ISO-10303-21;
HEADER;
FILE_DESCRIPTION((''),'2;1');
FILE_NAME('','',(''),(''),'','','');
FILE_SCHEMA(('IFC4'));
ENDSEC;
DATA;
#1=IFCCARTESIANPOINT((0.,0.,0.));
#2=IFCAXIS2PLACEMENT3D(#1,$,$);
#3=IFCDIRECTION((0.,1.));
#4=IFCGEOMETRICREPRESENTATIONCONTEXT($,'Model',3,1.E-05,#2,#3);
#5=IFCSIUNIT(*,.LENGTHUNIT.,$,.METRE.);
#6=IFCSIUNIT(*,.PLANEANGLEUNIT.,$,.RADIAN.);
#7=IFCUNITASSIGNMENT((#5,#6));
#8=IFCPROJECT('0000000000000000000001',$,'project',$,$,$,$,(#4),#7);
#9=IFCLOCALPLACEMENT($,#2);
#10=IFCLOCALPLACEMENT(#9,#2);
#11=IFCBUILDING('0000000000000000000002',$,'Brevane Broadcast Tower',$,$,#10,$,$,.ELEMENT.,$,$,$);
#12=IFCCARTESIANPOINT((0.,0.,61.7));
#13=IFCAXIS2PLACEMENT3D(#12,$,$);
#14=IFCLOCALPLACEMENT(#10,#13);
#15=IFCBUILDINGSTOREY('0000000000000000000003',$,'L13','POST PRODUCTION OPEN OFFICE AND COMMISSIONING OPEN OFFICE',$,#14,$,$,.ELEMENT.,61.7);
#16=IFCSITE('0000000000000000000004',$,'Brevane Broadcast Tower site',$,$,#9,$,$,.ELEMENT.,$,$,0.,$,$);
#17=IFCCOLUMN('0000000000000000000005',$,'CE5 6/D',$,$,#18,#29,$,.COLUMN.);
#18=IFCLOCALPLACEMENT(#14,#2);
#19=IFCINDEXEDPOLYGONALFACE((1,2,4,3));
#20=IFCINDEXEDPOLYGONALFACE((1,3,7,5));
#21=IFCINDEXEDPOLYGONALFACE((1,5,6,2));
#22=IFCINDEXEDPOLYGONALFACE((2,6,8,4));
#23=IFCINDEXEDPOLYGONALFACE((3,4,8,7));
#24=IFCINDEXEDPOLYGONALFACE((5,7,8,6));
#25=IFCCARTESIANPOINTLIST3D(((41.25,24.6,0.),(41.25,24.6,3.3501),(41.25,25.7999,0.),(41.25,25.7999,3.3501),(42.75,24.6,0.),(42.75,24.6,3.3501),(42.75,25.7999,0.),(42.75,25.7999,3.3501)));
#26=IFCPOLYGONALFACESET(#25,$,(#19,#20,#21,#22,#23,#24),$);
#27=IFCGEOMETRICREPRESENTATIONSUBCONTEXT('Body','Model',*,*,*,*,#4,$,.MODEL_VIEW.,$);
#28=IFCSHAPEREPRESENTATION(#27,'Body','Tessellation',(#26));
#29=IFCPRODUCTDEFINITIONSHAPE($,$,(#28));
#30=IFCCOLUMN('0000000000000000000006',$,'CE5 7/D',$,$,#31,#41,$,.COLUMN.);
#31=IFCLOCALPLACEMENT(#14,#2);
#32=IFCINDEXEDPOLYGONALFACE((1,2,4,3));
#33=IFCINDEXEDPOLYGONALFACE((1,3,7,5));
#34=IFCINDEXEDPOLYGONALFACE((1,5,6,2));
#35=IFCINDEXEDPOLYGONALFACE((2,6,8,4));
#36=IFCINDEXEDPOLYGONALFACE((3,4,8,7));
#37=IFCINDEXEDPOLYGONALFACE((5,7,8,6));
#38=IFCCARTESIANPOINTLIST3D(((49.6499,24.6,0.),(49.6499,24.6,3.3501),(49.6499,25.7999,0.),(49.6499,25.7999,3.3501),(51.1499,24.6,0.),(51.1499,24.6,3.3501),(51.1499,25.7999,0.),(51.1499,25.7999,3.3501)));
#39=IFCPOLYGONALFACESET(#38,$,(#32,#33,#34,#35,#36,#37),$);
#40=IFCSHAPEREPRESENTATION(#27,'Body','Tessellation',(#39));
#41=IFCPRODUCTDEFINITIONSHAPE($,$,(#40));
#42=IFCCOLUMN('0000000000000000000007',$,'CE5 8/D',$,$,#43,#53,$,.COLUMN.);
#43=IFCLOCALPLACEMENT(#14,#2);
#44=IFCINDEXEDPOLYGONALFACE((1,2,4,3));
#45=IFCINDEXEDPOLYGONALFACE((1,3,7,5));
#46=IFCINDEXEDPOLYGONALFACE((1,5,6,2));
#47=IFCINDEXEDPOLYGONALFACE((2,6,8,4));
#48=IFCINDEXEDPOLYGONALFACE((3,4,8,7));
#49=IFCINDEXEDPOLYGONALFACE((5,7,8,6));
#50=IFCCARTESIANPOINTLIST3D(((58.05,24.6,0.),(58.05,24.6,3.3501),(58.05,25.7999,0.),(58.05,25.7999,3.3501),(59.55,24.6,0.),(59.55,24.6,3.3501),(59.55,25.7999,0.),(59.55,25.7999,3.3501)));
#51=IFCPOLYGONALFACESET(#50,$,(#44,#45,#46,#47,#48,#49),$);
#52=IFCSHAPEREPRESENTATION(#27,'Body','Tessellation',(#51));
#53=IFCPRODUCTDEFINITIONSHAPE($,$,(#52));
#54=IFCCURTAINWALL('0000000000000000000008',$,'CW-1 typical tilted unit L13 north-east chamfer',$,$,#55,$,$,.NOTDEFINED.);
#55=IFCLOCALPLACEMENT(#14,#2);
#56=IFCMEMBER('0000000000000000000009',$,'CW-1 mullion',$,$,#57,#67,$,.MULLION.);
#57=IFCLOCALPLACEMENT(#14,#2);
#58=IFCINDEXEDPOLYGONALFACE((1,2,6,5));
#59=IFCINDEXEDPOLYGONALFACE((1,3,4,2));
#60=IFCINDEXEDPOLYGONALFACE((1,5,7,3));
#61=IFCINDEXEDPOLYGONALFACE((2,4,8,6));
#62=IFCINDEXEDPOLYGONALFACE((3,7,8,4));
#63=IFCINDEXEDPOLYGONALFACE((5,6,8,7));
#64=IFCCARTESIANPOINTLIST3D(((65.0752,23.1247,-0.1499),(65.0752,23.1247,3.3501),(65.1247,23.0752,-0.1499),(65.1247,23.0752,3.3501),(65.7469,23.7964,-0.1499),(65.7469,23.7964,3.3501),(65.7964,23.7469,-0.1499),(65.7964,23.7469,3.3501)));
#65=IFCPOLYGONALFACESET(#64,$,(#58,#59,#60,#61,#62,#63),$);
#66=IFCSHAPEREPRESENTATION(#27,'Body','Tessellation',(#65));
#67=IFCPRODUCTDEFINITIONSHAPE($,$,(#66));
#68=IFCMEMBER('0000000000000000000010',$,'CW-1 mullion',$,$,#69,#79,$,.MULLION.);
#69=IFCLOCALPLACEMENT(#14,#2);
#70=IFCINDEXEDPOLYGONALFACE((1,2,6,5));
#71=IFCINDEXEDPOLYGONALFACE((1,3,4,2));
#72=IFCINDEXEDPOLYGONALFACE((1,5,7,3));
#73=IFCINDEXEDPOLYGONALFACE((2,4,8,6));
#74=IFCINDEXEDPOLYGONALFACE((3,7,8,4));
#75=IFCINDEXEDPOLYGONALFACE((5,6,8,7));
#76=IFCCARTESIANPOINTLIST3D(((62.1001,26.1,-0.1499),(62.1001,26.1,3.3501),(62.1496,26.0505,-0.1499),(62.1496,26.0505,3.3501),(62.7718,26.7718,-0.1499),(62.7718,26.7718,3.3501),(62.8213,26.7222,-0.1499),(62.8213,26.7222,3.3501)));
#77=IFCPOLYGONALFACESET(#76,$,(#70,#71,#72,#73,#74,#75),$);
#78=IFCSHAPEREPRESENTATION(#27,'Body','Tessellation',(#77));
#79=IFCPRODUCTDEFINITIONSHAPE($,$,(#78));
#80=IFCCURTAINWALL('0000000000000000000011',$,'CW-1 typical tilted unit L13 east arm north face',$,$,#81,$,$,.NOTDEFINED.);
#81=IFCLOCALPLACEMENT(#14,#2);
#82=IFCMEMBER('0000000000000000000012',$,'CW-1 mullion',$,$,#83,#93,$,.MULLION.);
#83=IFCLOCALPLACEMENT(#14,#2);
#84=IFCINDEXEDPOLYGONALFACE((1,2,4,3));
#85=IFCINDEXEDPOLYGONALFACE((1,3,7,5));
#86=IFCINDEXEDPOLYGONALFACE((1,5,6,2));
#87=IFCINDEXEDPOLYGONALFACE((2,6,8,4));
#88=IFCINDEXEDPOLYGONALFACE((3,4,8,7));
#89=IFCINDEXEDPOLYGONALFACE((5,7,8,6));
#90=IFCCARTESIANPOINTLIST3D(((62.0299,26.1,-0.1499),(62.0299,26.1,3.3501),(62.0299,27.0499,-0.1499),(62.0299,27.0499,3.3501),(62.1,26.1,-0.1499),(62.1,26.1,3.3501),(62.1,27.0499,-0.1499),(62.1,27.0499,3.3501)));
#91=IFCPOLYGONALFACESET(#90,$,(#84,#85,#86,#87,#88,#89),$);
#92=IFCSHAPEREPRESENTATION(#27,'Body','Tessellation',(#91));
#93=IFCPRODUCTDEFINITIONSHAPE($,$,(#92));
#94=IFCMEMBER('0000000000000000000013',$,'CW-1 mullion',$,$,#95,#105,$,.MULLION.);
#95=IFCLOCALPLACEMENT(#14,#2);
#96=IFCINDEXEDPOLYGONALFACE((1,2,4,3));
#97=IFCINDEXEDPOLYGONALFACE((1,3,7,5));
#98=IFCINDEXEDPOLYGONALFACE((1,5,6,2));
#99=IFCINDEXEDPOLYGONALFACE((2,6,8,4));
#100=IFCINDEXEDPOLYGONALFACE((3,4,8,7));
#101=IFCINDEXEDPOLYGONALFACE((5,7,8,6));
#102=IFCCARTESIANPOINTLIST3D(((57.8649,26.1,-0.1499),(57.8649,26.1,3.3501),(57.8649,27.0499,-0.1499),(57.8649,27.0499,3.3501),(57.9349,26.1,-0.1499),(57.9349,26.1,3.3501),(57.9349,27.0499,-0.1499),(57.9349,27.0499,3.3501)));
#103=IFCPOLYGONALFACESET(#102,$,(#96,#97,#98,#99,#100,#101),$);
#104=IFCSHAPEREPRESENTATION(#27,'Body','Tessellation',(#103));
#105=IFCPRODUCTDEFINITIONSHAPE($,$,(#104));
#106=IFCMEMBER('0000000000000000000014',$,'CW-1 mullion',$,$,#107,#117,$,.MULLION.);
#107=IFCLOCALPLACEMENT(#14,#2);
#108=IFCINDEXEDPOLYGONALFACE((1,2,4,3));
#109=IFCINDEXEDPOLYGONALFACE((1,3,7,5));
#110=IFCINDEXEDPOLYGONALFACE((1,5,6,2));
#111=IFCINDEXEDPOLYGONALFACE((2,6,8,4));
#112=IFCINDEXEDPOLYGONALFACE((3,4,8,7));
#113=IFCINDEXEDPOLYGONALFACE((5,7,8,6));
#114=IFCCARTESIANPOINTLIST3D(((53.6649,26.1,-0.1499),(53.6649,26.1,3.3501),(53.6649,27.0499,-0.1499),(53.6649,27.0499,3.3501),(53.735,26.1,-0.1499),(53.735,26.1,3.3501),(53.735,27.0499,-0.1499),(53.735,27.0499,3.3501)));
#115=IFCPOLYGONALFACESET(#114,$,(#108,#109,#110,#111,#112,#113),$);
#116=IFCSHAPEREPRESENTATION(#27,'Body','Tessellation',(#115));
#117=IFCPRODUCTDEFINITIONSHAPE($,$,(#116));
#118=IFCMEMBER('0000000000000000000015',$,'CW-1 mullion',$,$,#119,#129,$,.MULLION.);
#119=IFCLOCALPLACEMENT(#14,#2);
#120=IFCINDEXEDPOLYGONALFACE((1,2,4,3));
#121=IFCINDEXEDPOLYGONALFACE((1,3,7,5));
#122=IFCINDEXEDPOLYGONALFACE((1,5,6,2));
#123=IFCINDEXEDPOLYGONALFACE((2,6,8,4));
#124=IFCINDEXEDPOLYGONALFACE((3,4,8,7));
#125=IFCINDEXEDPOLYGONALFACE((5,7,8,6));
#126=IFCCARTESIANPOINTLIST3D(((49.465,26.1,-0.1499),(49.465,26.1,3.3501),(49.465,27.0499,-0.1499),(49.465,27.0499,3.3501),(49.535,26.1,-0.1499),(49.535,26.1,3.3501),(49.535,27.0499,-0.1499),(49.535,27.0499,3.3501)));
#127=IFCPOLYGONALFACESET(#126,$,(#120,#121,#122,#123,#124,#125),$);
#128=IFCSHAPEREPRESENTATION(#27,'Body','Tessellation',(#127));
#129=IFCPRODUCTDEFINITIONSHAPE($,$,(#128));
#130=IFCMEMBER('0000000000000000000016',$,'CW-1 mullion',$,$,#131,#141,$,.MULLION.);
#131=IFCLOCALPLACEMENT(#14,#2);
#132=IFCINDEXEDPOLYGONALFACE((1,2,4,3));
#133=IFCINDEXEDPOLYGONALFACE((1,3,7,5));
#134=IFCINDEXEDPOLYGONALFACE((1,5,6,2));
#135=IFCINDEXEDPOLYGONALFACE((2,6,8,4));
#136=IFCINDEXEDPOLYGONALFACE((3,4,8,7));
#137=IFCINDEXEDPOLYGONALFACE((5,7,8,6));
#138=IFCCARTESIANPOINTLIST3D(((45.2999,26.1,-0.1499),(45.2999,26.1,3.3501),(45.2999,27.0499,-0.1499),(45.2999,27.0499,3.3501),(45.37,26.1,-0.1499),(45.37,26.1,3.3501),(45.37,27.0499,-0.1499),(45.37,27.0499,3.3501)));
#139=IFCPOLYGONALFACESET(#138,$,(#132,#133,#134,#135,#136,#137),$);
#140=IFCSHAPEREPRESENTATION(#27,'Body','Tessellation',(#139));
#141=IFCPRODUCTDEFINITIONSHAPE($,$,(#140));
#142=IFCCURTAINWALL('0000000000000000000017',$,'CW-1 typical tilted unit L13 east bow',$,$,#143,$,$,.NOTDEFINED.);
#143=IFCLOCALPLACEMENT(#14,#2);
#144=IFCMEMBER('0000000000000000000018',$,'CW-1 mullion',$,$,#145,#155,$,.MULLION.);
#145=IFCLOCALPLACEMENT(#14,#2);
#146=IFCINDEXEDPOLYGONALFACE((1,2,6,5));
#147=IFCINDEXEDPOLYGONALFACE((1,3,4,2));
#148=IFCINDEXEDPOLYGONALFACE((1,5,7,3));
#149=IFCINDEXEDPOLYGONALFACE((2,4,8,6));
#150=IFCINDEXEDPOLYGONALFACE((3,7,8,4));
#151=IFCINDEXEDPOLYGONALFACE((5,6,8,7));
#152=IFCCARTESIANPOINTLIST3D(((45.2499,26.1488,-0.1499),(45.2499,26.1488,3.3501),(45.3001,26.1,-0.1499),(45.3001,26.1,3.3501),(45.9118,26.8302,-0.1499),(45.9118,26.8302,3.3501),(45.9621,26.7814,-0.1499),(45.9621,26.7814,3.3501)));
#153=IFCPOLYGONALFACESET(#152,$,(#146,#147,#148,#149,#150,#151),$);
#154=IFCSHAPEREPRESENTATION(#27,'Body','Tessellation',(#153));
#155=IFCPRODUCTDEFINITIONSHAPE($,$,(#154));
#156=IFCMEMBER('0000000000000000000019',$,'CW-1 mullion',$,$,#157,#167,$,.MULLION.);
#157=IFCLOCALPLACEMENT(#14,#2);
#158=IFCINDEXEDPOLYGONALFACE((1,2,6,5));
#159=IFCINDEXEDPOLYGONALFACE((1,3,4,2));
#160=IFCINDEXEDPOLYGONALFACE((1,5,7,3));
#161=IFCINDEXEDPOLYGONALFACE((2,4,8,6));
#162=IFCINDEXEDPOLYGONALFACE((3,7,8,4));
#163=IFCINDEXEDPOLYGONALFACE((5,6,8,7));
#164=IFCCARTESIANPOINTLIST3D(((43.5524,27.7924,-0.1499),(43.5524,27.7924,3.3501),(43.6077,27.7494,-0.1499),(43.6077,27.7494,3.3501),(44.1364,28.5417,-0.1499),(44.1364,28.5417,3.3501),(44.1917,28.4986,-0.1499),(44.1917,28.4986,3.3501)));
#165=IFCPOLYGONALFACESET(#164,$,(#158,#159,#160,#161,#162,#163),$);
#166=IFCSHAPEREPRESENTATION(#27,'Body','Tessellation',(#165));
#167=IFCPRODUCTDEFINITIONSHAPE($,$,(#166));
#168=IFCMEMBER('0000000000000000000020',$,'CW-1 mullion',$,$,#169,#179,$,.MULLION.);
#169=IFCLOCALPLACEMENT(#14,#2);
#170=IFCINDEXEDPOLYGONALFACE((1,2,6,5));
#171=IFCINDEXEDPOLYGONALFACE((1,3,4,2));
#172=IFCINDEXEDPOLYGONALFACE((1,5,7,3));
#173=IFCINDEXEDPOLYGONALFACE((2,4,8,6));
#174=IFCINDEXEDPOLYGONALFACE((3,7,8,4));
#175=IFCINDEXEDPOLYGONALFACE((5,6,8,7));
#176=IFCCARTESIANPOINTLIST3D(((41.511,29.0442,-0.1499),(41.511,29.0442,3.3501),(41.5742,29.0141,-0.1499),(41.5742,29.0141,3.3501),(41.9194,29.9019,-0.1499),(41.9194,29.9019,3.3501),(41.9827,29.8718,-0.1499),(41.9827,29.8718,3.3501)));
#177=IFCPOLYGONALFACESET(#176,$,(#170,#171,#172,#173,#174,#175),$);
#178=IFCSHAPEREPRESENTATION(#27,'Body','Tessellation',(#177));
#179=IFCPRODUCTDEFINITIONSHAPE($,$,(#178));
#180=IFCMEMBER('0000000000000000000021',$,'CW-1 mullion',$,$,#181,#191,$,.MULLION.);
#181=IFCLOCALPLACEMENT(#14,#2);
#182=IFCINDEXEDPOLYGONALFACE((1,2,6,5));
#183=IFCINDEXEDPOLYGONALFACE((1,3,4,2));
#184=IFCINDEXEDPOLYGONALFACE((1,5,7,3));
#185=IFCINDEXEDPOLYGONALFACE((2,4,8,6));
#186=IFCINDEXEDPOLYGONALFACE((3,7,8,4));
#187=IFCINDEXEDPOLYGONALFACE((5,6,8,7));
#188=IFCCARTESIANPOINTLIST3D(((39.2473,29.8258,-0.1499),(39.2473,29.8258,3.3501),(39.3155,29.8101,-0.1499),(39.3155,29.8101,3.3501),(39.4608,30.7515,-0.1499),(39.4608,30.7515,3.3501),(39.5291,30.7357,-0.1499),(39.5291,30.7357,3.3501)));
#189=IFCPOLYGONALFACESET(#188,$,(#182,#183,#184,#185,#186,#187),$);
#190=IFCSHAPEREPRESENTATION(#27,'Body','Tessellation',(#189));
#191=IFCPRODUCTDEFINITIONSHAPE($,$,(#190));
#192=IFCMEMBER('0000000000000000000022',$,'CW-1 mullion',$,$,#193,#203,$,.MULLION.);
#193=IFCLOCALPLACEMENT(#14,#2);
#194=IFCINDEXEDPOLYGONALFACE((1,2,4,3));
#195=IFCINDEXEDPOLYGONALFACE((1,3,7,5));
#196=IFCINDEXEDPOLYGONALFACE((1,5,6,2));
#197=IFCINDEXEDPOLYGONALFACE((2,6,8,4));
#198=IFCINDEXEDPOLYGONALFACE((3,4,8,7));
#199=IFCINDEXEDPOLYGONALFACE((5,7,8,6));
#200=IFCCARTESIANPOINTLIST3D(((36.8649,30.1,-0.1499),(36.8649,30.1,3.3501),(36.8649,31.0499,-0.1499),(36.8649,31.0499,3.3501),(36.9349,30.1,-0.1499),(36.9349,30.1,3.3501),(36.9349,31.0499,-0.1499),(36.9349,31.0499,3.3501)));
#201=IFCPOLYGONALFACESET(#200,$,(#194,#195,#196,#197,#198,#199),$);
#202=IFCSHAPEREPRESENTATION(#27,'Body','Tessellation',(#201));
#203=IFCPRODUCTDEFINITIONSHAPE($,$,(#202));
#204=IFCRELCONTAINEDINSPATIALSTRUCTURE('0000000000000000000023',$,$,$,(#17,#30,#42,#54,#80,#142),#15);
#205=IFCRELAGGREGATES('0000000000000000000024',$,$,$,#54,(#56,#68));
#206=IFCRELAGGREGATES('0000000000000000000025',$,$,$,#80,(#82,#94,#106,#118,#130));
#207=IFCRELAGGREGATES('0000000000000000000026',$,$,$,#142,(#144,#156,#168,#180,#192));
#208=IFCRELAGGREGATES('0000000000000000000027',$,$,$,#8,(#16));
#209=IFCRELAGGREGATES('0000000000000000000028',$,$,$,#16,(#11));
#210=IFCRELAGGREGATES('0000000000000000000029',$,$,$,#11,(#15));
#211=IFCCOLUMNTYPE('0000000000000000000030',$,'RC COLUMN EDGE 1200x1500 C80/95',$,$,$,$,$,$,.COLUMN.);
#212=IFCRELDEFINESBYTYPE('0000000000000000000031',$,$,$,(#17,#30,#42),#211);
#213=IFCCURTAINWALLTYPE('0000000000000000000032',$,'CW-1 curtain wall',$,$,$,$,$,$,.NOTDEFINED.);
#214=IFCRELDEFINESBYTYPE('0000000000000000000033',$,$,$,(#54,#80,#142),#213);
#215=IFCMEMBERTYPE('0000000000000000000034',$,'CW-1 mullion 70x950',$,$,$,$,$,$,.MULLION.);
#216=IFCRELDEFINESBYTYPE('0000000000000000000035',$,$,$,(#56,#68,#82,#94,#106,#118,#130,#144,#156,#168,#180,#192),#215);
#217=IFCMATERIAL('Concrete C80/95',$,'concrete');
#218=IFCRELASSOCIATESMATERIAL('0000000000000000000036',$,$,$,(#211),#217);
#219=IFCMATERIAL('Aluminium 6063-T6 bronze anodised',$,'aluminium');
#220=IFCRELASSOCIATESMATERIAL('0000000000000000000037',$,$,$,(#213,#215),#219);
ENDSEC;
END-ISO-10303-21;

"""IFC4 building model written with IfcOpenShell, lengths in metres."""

from ifc_helpers import new_model, si_unit, direction, frame, origin, origin_2d, place, context, subcontext, project, spatial, rectangle, extrude, material, material_profile, profile_set, type_object, element, aggregate, save


model = new_model("IFC4")

# Units and contexts
model_context = context("Model", 3, precision=1e-05, world=origin(), true_north=direction((0.0, 1.0)))
body_context = subcontext(model_context, "Body", "Model", "MODEL_VIEW")
ifc_project = project(units=[si_unit("LENGTHUNIT", "METRE"), si_unit("PLANEANGLEUNIT", "RADIAN")], contexts=[model_context])

# Site, building, storey
site_placement = place(None, origin())
site = spatial("IfcSite", under=ifc_project, at=site_placement, Name="Brevane Broadcast Tower site", CompositionType="ELEMENT", RefElevation=0.0)
building_placement = place(site_placement, origin())
building = spatial("IfcBuilding", under=site, at=building_placement, Name="Brevane Broadcast Tower", CompositionType="ELEMENT")
storey_placement = place(building_placement, frame((0.0, 0.0, 61.7)))
storey = spatial("IfcBuildingStorey", under=building, at=storey_placement, Name="L13", Description="POST PRODUCTION OPEN OFFICE AND COMMISSIONING OPEN OFFICE", CompositionType="ELEMENT", Elevation=61.7)

# Columns
ifc_material_1 = material(Name="Concrete C80/95", Category="concrete")
ifc_material_profile_1 = material_profile(ifc_material_1, rectangle(XDim=1.2, YDim=1.5, at=origin_2d()), Name="RC 1200x1500")
ifc_profile_set_1 = profile_set([ifc_material_profile_1], Name="Concrete C80/95")
column_type = type_object("IfcColumnType", Name="RC COLUMN EDGE 1200x1500 C80/95", PredefinedType="COLUMN", material=ifc_profile_set_1)
for number, where, z_axis, x_axis, name in (
    (1, (42.0, 25.2, 0.0), (0.0, 0.0, 1.0), (0.0, 1.0, 0.0), "CE5 6/D"),
    (2, (50.3999, 25.2, 0.0), (0.0, 0.0, 1.0), (0.0, 1.0, 0.0), "CE5 7/D"),
    (3, (58.8, 25.2, 0.0), (0.0, 0.0, 1.0), (0.0, 1.0, 0.0), "CE5 8/D"),
):
    element("IfcColumn", number, at=place(storey_placement, frame(where, z_axis=z_axis, x_axis=x_axis)), inside=storey, type_object=column_type, Name=name, PredefinedType="COLUMN", context=body_context, shape_type="SweptSolid", body=[
        extrude(rectangle(XDim=1.2, YDim=1.5, at=origin_2d()), origin(), (0.0, 0.0, 1.0), 3.3501),
    ])

# Curtain walls, members
ifc_material_2 = material(Name="Aluminium 6063-T6 bronze anodised", Category="aluminium")
curtain_wall_type = type_object("IfcCurtainWallType", Name="CW-1 curtain wall", PredefinedType="NOTDEFINED", material=ifc_material_2)
curtain_wall_1_placement = place(storey_placement, origin())
curtain_wall_1 = element("IfcCurtainWall", 4, at=curtain_wall_1_placement, inside=storey, type_object=curtain_wall_type, Name="CW-1 typical tilted unit L13 north-east chamfer", PredefinedType="NOTDEFINED")
ifc_material_profile_2 = material_profile(ifc_material_2, rectangle(XDim=0.95, YDim=0.0701, at=origin_2d()), Name="RECT 70x950")
ifc_profile_set_2 = profile_set([ifc_material_profile_2], Name="Aluminium 6063-T6 bronze anodised")
member_type_1 = type_object("IfcMemberType", Name="CW-1 mullion 70x950", PredefinedType="MULLION", material=ifc_profile_set_2)
member_1_placement = place(storey_placement, frame((65.4358, 23.4358, -0.1499), z_axis=(0.0, 0.0, 1.0), x_axis=(-0.707107, -0.707107, 0.0)))
member_1 = element("IfcMember", 5, at=member_1_placement, type_object=member_type_1, Name="CW-1 mullion", PredefinedType="MULLION", context=body_context, shape_type="SweptSolid", body=[
    extrude(rectangle(XDim=0.95, YDim=0.0701, at=origin_2d()), origin(), (0.0, 0.0, 1.0), 3.5),
])
member_2_placement = place(storey_placement, frame((62.4607, 26.4111, -0.1499), z_axis=(0.0, 0.0, 1.0), x_axis=(-0.707107, -0.707107, 0.0)))
member_2 = element("IfcMember", 6, at=member_2_placement, type_object=member_type_1, Name="CW-1 mullion", PredefinedType="MULLION", context=body_context, shape_type="SweptSolid", body=[
    extrude(rectangle(XDim=0.95, YDim=0.0701, at=origin_2d()), origin(), (0.0, 0.0, 1.0), 3.5),
])
aggregate(curtain_wall_1, [member_1, member_2])
curtain_wall_2_placement = place(storey_placement, origin())
curtain_wall_2 = element("IfcCurtainWall", 7, at=curtain_wall_2_placement, inside=storey, type_object=curtain_wall_type, Name="CW-1 typical tilted unit L13 east arm north face", PredefinedType="NOTDEFINED")
member_3_placement = place(storey_placement, frame((62.0649, 26.575, -0.1499), z_axis=(0.0, 0.0, 1.0), x_axis=(0.0, -1.0, 0.0)))
member_3 = element("IfcMember", 8, at=member_3_placement, type_object=member_type_1, Name="CW-1 mullion", PredefinedType="MULLION", context=body_context, shape_type="SweptSolid", body=[
    extrude(rectangle(XDim=0.95, YDim=0.0701, at=origin_2d()), origin(), (0.0, 0.0, 1.0), 3.5),
])
member_4_placement = place(storey_placement, frame((57.8999, 26.575, -0.1499), z_axis=(0.0, 0.0, 1.0), x_axis=(0.0, -1.0, 0.0)))
member_4 = element("IfcMember", 9, at=member_4_placement, type_object=member_type_1, Name="CW-1 mullion", PredefinedType="MULLION", context=body_context, shape_type="SweptSolid", body=[
    extrude(rectangle(XDim=0.95, YDim=0.0701, at=origin_2d()), origin(), (0.0, 0.0, 1.0), 3.5),
])
member_5_placement = place(storey_placement, frame((53.7, 26.575, -0.1499), z_axis=(0.0, 0.0, 1.0), x_axis=(0.0, -1.0, 0.0)))
member_5 = element("IfcMember", 10, at=member_5_placement, type_object=member_type_1, Name="CW-1 mullion", PredefinedType="MULLION", context=body_context, shape_type="SweptSolid", body=[
    extrude(rectangle(XDim=0.95, YDim=0.0701, at=origin_2d()), origin(), (0.0, 0.0, 1.0), 3.5),
])
member_6_placement = place(storey_placement, frame((49.5, 26.575, -0.1499), z_axis=(0.0, 0.0, 1.0), x_axis=(0.0, -1.0, 0.0)))
member_6 = element("IfcMember", 11, at=member_6_placement, type_object=member_type_1, Name="CW-1 mullion", PredefinedType="MULLION", context=body_context, shape_type="SweptSolid", body=[
    extrude(rectangle(XDim=0.95, YDim=0.0701, at=origin_2d()), origin(), (0.0, 0.0, 1.0), 3.5),
])
member_7_placement = place(storey_placement, frame((45.335, 26.575, -0.1499), z_axis=(0.0, 0.0, 1.0), x_axis=(0.0, -1.0, 0.0)))
member_7 = element("IfcMember", 12, at=member_7_placement, type_object=member_type_1, Name="CW-1 mullion", PredefinedType="MULLION", context=body_context, shape_type="SweptSolid", body=[
    extrude(rectangle(XDim=0.95, YDim=0.0701, at=origin_2d()), origin(), (0.0, 0.0, 1.0), 3.5),
])
curtain_wall_3_placement = place(storey_placement, origin())
curtain_wall_3 = element("IfcCurtainWall", 13, at=curtain_wall_3_placement, inside=storey, type_object=curtain_wall_type, Name="CW-1 typical tilted unit L13 east bow", PredefinedType="NOTDEFINED")
member_8_placement = place(storey_placement, frame((45.606, 26.4651, -0.1499), z_axis=(0.0, 0.0, 1.0), x_axis=(-0.696812, -0.717254, 0.0)))
member_8 = element("IfcMember", 14, at=member_8_placement, type_object=member_type_1, Name="CW-1 mullion", PredefinedType="MULLION", context=body_context, shape_type="SweptSolid", body=[
    extrude(rectangle(XDim=0.95, YDim=0.0701, at=origin_2d()), origin(), (0.0, 0.0, 1.0), 3.5),
])
member_9_placement = place(storey_placement, frame((43.8721, 28.1455, -0.1499), z_axis=(0.0, 0.0, 1.0), x_axis=(-0.61477, -0.788707, 0.0)))
member_9 = element("IfcMember", 15, at=member_9_placement, type_object=member_type_1, Name="CW-1 mullion", PredefinedType="MULLION", context=body_context, shape_type="SweptSolid", body=[
    extrude(rectangle(XDim=0.95, YDim=0.0701, at=origin_2d()), origin(), (0.0, 0.0, 1.0), 3.5),
])
member_10_placement = place(storey_placement, frame((41.7468, 29.458, -0.1499), z_axis=(0.0, 0.0, 1.0), x_axis=(-0.429934, -0.902861, 0.0)))
member_10 = element("IfcMember", 16, at=member_10_placement, type_object=member_type_1, Name="CW-1 mullion", PredefinedType="MULLION", context=body_context, shape_type="SweptSolid", body=[
    extrude(rectangle(XDim=0.95, YDim=0.0701, at=origin_2d()), origin(), (0.0, 0.0, 1.0), 3.5),
])
member_11_placement = place(storey_placement, frame((39.3882, 30.2808, -0.1499), z_axis=(0.0, 0.0, 1.0), x_axis=(-0.224806, -0.974403, 0.0)))
member_11 = element("IfcMember", 17, at=member_11_placement, type_object=member_type_1, Name="CW-1 mullion", PredefinedType="MULLION", context=body_context, shape_type="SweptSolid", body=[
    extrude(rectangle(XDim=0.95, YDim=0.0701, at=origin_2d()), origin(), (0.0, 0.0, 1.0), 3.5),
])
member_12_placement = place(storey_placement, frame((36.8999, 30.575, -0.1499), z_axis=(0.0, 0.0, 1.0), x_axis=(0.0, -1.0, 0.0)))
member_12 = element("IfcMember", 18, at=member_12_placement, type_object=member_type_1, Name="CW-1 mullion", PredefinedType="MULLION", context=body_context, shape_type="SweptSolid", body=[
    extrude(rectangle(XDim=0.95, YDim=0.0701, at=origin_2d()), origin(), (0.0, 0.0, 1.0), 3.5),
])

aggregate(curtain_wall_2, [member_3, member_4, member_5, member_6, member_7])
aggregate(curtain_wall_3, [member_8, member_9, member_10, member_11, member_12])

save(model, "model.ifc")
